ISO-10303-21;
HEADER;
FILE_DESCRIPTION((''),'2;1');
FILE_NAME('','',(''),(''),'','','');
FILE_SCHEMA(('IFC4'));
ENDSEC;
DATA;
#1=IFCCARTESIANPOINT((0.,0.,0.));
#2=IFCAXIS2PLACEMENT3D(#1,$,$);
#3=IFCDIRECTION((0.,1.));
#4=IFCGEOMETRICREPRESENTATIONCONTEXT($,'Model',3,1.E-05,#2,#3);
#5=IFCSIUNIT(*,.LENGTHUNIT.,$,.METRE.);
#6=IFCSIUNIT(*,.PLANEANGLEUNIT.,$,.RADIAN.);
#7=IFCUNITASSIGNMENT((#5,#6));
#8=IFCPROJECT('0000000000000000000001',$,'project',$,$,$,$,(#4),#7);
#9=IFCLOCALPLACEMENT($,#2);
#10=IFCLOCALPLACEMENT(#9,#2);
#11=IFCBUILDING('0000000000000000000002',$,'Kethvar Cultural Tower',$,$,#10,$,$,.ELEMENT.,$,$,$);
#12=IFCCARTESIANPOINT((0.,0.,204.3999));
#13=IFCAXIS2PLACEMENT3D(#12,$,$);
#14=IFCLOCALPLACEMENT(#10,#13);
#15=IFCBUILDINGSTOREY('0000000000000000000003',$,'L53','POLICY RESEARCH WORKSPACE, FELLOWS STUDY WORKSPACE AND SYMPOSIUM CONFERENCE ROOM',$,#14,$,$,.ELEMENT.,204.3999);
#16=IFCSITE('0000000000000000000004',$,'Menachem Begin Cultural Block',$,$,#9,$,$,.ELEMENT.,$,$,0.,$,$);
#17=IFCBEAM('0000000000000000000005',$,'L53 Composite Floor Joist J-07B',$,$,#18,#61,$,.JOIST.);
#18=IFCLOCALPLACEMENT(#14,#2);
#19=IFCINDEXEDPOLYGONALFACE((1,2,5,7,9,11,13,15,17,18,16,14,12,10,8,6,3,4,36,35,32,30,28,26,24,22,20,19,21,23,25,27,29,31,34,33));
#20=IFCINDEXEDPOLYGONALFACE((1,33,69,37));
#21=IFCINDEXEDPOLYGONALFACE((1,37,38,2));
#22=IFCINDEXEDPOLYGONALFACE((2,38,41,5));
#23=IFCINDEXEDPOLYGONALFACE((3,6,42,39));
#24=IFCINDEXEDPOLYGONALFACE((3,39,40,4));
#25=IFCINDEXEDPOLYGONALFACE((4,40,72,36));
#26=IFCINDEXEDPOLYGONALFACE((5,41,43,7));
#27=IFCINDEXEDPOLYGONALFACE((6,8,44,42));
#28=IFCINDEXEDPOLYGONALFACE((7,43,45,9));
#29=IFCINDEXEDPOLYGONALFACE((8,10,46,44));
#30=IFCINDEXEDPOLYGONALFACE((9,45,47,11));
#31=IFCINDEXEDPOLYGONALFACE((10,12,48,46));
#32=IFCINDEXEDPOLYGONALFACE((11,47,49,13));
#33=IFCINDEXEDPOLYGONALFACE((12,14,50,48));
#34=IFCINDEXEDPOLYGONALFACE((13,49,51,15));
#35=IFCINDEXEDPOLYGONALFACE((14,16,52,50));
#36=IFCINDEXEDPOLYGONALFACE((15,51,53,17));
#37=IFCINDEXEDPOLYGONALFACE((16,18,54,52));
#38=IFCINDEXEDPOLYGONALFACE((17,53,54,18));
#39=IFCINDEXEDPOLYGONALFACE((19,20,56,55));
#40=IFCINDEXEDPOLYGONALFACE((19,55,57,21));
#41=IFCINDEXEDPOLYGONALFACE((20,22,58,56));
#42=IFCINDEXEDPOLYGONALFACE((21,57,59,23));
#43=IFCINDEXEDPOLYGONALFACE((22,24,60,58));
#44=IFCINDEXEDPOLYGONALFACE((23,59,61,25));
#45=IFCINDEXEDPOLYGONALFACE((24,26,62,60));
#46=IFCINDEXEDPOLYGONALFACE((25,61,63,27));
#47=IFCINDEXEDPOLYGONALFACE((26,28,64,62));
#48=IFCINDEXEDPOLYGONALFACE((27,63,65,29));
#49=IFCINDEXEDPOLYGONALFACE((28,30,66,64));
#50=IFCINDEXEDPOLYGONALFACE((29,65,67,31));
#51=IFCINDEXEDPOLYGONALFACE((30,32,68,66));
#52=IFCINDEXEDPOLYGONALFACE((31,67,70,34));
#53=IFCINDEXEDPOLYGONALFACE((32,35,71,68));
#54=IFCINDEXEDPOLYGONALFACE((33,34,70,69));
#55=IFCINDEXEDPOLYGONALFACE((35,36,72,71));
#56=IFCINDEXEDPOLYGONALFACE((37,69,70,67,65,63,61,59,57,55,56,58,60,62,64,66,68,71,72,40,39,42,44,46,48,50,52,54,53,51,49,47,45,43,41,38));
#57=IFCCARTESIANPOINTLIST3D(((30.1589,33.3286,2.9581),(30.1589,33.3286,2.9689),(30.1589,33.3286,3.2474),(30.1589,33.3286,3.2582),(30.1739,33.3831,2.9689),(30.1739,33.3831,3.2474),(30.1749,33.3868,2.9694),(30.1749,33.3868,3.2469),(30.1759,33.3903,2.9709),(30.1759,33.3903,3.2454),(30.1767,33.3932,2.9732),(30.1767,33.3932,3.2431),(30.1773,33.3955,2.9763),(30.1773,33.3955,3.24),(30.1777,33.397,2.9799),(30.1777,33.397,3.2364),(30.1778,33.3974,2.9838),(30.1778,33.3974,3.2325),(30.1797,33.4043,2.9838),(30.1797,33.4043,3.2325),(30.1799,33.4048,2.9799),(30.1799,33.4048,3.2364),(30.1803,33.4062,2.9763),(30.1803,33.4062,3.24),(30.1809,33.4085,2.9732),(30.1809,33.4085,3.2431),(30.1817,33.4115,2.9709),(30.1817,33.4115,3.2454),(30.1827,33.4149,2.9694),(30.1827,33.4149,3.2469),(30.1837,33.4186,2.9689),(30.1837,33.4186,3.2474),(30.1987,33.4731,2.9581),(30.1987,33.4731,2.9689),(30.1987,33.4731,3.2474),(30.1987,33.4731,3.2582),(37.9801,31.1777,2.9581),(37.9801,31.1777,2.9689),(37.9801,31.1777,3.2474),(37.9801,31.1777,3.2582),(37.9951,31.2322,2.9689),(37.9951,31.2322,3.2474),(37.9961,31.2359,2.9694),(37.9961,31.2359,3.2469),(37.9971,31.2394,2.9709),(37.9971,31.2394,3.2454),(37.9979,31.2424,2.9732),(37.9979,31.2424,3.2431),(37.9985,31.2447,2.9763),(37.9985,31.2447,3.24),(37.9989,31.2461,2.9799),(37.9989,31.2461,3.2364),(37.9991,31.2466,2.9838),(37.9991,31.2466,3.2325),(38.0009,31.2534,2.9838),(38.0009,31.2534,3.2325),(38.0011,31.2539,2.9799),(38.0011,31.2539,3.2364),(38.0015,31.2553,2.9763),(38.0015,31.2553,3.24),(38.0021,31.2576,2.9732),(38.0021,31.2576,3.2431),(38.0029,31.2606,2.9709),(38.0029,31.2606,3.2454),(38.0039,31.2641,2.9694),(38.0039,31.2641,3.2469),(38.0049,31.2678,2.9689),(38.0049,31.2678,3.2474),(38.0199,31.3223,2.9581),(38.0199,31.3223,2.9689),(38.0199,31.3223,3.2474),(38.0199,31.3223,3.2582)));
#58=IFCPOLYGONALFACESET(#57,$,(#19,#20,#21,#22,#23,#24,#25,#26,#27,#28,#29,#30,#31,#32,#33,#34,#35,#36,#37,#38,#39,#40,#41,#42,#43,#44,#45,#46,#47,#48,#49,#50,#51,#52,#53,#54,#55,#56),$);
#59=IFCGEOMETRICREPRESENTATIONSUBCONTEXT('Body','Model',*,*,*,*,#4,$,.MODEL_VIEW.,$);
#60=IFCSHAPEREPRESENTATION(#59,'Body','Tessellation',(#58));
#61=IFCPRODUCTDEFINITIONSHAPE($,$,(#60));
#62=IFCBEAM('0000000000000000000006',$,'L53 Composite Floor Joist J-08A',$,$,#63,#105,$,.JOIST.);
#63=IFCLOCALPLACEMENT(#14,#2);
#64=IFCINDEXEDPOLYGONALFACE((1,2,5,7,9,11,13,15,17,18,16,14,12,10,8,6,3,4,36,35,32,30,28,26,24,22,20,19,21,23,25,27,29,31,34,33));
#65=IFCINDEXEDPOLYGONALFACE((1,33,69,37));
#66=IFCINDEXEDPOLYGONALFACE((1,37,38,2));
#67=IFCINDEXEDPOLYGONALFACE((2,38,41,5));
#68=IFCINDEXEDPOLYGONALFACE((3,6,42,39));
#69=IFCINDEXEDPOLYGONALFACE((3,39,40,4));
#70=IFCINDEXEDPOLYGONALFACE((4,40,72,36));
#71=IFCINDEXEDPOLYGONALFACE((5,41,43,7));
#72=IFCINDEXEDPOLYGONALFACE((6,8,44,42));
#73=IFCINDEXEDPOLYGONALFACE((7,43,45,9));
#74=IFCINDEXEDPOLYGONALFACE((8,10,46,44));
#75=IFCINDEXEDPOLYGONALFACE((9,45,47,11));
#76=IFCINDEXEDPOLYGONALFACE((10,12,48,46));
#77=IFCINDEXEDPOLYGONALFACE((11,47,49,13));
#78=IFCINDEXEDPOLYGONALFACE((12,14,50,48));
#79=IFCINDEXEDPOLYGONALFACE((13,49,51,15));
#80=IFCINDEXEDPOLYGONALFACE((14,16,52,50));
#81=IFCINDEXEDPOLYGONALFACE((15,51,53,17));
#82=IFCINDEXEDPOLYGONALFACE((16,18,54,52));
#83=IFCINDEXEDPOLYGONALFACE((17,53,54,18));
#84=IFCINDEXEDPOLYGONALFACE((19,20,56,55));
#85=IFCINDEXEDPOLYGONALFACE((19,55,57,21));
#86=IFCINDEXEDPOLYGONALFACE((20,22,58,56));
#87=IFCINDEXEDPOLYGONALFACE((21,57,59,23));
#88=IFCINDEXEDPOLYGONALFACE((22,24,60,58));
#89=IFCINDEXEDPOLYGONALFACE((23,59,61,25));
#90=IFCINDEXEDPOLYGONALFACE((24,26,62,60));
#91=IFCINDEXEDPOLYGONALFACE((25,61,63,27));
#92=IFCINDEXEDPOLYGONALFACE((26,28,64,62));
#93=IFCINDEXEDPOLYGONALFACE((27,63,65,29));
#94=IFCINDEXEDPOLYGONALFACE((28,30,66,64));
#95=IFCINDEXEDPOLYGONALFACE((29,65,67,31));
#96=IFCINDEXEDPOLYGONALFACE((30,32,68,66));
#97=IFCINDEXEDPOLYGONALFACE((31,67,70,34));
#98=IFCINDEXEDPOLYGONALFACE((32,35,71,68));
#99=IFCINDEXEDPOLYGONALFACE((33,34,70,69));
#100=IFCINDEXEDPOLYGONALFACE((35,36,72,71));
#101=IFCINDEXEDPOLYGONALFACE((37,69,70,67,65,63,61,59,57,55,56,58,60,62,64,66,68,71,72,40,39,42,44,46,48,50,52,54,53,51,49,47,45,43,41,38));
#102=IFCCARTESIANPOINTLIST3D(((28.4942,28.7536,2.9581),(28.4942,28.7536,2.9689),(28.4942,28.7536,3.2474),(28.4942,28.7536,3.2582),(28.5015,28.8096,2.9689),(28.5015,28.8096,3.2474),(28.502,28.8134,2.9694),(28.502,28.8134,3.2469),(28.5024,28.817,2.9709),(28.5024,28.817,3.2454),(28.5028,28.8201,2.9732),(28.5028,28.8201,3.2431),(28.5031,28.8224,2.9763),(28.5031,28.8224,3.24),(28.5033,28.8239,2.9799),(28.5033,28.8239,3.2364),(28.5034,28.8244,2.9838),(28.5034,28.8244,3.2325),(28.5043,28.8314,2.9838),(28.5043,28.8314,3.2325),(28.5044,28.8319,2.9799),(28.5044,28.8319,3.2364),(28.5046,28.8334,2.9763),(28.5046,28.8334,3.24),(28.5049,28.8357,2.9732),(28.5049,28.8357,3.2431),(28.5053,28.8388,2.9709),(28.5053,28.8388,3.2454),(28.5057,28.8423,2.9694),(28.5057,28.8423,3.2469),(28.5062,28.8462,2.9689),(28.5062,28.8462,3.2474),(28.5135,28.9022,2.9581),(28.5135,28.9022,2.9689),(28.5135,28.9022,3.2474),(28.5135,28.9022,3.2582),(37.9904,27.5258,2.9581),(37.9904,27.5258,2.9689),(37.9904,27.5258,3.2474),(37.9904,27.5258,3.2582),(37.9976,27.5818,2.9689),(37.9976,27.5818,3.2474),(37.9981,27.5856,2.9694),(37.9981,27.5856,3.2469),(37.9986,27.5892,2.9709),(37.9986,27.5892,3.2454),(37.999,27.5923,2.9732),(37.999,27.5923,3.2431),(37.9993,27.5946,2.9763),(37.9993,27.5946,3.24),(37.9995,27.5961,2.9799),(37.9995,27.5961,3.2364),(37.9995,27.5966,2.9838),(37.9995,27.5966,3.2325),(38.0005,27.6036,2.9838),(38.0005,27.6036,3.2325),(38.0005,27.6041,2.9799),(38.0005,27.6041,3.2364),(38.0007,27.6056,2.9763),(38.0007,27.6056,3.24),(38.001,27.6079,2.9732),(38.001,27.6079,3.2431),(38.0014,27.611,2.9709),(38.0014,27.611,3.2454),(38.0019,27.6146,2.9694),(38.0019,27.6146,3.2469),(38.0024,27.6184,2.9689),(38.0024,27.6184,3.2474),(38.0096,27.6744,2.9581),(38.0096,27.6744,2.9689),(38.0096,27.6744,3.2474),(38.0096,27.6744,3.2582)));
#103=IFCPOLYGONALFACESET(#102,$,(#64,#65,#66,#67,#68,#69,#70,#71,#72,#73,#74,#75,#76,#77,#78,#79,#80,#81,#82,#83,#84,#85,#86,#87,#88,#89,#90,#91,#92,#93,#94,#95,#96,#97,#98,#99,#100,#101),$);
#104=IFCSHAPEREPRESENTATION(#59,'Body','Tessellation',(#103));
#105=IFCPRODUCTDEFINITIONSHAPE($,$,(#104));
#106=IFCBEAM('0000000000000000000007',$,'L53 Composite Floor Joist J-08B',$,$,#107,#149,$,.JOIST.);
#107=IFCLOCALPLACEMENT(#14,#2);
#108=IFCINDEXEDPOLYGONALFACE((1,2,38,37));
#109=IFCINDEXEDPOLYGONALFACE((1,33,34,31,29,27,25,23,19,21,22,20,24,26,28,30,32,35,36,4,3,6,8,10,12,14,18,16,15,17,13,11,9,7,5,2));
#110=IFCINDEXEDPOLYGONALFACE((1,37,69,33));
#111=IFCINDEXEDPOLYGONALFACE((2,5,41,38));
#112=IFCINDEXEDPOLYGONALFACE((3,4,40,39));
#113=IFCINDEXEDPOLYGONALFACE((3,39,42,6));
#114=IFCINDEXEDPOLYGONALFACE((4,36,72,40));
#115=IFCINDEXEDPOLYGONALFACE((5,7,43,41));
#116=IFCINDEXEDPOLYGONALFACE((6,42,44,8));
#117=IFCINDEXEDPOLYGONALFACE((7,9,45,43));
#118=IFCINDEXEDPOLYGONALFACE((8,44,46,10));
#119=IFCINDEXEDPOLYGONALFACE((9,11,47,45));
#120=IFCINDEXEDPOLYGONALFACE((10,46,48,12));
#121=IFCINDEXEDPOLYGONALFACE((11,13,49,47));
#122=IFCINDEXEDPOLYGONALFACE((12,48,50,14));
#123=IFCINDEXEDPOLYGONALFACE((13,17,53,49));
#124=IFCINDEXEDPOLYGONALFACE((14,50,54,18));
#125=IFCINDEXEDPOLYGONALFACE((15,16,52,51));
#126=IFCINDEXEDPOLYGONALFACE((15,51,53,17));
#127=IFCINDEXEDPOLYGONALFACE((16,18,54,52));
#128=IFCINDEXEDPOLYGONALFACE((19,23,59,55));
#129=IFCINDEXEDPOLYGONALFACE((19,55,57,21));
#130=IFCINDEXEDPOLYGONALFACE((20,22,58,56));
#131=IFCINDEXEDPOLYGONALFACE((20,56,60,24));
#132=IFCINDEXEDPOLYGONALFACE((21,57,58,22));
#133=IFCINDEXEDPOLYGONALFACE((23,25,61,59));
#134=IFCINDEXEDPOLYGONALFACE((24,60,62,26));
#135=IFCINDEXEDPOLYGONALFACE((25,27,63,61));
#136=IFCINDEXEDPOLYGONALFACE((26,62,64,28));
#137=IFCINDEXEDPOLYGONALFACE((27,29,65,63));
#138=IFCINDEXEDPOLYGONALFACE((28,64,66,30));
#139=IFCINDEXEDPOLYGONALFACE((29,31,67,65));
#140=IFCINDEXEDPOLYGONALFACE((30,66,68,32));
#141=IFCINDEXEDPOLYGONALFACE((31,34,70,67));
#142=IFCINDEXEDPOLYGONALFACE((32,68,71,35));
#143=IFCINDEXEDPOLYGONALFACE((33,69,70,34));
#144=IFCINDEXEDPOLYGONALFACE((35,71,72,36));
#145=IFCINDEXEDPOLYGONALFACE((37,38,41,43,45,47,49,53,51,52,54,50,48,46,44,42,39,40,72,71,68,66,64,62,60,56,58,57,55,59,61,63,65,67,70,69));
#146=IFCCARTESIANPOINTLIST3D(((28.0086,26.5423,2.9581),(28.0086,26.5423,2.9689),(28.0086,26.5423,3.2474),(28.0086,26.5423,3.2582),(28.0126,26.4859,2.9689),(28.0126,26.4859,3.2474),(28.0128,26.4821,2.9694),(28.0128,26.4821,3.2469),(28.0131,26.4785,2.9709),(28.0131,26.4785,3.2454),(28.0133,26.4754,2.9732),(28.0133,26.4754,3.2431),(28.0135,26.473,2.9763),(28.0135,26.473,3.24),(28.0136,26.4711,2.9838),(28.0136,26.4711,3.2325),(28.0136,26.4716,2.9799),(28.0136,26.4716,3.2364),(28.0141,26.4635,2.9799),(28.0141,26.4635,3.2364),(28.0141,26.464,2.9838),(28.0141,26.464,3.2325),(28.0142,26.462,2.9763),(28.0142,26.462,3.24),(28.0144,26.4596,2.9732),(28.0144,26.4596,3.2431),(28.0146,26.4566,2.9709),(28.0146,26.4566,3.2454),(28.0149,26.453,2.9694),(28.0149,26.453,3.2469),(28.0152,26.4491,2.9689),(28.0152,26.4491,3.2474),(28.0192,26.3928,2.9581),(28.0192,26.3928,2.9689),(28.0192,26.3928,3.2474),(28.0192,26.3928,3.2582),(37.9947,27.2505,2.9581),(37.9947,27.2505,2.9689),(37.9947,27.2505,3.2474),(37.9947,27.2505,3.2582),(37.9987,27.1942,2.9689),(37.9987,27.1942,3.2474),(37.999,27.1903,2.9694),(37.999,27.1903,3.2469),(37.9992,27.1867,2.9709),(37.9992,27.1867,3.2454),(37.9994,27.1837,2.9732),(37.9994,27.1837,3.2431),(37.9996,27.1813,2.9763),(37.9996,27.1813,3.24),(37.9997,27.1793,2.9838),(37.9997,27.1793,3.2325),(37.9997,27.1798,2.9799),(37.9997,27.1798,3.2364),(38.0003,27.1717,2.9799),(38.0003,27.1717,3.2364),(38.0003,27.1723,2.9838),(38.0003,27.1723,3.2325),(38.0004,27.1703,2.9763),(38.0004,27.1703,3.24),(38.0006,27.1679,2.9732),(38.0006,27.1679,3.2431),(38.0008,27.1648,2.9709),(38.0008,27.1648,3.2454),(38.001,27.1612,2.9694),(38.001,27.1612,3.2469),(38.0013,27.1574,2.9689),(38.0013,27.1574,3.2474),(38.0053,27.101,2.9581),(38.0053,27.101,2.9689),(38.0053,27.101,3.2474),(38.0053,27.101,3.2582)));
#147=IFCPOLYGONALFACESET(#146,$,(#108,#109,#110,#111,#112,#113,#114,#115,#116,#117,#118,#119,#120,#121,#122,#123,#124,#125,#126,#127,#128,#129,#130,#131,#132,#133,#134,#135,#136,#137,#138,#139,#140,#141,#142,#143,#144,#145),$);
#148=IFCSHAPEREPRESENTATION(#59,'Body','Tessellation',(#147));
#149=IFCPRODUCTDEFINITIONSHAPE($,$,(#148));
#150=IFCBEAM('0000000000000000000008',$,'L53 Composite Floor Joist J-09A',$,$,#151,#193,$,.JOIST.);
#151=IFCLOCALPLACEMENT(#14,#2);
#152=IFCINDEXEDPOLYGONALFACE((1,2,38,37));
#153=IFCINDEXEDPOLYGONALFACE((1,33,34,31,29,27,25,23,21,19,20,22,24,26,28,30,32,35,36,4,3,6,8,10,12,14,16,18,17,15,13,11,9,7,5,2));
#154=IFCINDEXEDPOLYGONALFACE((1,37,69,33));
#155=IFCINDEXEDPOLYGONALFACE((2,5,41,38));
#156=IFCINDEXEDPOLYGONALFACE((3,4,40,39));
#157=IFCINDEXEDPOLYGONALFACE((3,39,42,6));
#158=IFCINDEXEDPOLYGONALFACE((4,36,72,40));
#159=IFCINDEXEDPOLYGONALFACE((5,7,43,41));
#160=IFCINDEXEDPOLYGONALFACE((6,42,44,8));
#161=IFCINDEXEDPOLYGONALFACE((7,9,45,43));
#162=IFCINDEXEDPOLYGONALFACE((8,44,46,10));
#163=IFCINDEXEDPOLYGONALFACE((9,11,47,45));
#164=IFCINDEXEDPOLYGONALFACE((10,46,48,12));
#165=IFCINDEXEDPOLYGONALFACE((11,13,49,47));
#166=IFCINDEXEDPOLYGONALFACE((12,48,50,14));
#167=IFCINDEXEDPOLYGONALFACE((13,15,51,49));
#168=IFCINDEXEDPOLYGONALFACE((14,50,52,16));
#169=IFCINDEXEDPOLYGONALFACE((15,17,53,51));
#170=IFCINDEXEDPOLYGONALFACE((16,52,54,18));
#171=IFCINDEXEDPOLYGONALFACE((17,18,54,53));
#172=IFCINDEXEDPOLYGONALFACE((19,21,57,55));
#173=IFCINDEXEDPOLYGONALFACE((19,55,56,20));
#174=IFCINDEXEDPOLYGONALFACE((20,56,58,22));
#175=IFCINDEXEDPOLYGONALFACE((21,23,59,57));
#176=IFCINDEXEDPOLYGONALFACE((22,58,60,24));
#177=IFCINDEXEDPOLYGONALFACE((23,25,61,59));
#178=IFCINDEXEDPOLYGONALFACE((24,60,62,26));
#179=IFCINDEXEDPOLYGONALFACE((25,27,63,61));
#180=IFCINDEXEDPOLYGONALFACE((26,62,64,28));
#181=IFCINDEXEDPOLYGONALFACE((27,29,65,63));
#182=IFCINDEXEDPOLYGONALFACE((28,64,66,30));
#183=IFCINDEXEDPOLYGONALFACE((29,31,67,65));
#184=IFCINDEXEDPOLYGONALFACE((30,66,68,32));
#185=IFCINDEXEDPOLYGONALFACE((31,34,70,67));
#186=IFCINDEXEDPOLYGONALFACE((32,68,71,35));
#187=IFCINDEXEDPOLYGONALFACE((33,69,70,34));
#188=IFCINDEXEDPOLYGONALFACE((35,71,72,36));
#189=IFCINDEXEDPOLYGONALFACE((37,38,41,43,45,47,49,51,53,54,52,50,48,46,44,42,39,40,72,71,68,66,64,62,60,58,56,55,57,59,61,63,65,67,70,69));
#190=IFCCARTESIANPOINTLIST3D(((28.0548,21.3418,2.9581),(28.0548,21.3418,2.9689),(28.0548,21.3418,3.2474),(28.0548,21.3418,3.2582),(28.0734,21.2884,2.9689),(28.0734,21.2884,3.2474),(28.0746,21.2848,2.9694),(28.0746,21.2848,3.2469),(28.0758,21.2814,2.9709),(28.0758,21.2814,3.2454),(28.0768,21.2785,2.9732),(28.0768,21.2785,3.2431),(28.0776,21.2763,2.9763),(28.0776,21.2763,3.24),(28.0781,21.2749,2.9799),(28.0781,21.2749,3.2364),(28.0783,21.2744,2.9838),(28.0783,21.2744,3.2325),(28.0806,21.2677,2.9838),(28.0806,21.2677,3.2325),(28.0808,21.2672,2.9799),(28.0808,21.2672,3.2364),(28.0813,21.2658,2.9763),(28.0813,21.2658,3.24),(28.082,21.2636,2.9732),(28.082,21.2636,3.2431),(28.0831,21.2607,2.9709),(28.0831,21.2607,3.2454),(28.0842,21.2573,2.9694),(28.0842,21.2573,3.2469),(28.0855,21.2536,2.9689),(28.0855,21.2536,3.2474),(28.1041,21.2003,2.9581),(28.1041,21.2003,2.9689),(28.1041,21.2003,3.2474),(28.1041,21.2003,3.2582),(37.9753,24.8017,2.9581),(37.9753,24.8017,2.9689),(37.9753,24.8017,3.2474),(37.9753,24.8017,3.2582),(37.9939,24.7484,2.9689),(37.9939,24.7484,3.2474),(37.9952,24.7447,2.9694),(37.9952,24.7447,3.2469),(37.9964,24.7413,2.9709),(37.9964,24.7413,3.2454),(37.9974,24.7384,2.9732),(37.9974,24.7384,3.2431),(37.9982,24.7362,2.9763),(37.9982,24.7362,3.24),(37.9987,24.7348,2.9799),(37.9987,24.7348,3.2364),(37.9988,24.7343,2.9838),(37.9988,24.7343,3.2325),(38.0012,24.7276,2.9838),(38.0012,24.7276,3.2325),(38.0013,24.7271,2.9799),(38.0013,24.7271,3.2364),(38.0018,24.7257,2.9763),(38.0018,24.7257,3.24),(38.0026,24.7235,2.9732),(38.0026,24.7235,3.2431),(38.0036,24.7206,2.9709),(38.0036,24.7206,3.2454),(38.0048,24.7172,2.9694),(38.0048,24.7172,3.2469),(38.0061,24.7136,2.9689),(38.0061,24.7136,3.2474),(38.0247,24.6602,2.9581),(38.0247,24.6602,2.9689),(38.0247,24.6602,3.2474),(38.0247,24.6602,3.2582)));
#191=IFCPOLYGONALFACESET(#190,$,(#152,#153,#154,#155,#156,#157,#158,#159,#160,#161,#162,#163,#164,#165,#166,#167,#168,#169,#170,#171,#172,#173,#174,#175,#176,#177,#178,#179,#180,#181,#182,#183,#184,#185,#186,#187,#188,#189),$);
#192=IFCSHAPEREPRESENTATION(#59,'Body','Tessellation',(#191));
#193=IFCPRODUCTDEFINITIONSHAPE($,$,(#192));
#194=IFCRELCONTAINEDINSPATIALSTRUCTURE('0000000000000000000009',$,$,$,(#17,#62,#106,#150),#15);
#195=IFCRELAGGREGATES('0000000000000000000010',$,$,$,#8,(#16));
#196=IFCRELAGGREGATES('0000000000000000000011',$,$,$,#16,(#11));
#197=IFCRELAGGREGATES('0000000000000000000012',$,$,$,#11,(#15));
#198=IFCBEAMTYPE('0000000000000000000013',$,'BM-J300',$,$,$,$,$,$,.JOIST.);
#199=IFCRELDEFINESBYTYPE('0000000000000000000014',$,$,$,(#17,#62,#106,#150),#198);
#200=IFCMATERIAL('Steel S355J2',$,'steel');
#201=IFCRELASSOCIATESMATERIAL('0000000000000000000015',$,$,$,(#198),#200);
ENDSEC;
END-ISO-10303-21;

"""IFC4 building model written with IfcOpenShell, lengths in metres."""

from ifc_helpers import new_model, si_unit, direction, frame, origin, origin_2d, place, context, subcontext, project, spatial, i_section, extrude, source, transform, mapped, material, material_profile, profile_set, type_object, element, save


model = new_model("IFC4")

# Units and contexts
model_context = context("Model", 3, precision=1e-05, world=origin(), true_north=direction((0.0, 1.0)))
body_context = subcontext(model_context, "Body", "Model", "MODEL_VIEW")
ifc_project = project(units=[si_unit("LENGTHUNIT", "METRE"), si_unit("PLANEANGLEUNIT", "RADIAN")], contexts=[model_context])

# Site, building, storey
site_placement = place(None, origin())
site = spatial("IfcSite", under=ifc_project, at=site_placement, Name="Menachem Begin Cultural Block", CompositionType="ELEMENT", RefElevation=0.0)
building_placement = place(site_placement, origin())
building = spatial("IfcBuilding", under=site, at=building_placement, Name="Kethvar Cultural Tower", CompositionType="ELEMENT")
storey_placement = place(building_placement, frame((0.0, 0.0, 204.3999)))
storey = spatial("IfcBuildingStorey", under=building, at=storey_placement, Name="L53", Description="POLICY RESEARCH WORKSPACE, FELLOWS STUDY WORKSPACE AND SYMPOSIUM CONFERENCE ROOM", CompositionType="ELEMENT", Elevation=204.3999)

# Beams
ifc_material_1 = material(Name="Steel S355J2", Category="steel")
ifc_material_profile_1 = material_profile(ifc_material_1, i_section(OverallWidth=0.1499, OverallDepth=0.3, WebThickness=0.0071, FlangeThickness=0.0107, FilletRadius=0.0149, at=origin_2d()), Name="Steel S355J2 — IPE300")
ifc_profile_set_1 = profile_set([ifc_material_profile_1], Name="Steel S355J2 — IPE300")
beam_type_1 = type_object("IfcBeamType", Name="BM-J300", PredefinedType="JOIST", material=ifc_profile_set_1)
shared_shape_1 = source(origin(), body_context, "Body", "SweptSolid", [
    extrude(i_section(OverallWidth=0.1499, OverallDepth=0.3, WebThickness=0.0071, FlangeThickness=0.0107, FilletRadius=0.0149, at=origin_2d()), origin(), (0.0, 0.0, 1.0), 8.1116),
])
beam_1_placement = place(storey_placement, frame((38.0, 31.25, 3.1082), z_axis=(-0.964205, 0.265159, 0.0), x_axis=(-0.265159, -0.964205, 0.0)))
element("IfcBeam", 1, at=beam_1_placement, inside=storey, type_object=beam_type_1, Name="L53 Composite Floor Joist J-07B", PredefinedType="JOIST", context=body_context, shape_type="MappedRepresentation", body=[
    mapped(shared_shape_1, transform((0.0, 0.0, 0.0), scale=1.0)),
])
shared_shape_2 = source(origin(), body_context, "Body", "SweptSolid", [
    extrude(i_section(OverallWidth=0.1499, OverallDepth=0.3, WebThickness=0.0071, FlangeThickness=0.0107, FilletRadius=0.0149, at=origin_2d()), origin(), (0.0, 0.0, 1.0), 9.5752),
])
beam_2_placement = place(storey_placement, frame((38.0, 27.6001, 3.1082), z_axis=(-0.991745, 0.128226, 0.0), x_axis=(-0.128226, -0.991745, 0.0)))
element("IfcBeam", 2, at=beam_2_placement, inside=storey, type_object=beam_type_1, Name="L53 Composite Floor Joist J-08A", PredefinedType="JOIST", context=body_context, shape_type="MappedRepresentation", body=[
    mapped(shared_shape_2, transform((0.0, 0.0, 0.0), scale=1.0)),
])
shared_shape_3 = source(origin(), body_context, "Body", "SweptSolid", [
    extrude(i_section(OverallWidth=0.1499, OverallDepth=0.3, WebThickness=0.0071, FlangeThickness=0.0107, FilletRadius=0.0149, at=origin_2d()), origin(), (0.0, 0.0, 1.0), 10.0112),
])
beam_3_placement = place(storey_placement, frame((38.0, 27.1758, 3.1082), z_axis=(-0.997494, -0.070746, 0.0), x_axis=(0.070746, -0.997494, 0.0)))
element("IfcBeam", 3, at=beam_3_placement, inside=storey, type_object=beam_type_1, Name="L53 Composite Floor Joist J-08B", PredefinedType="JOIST", context=body_context, shape_type="MappedRepresentation", body=[
    mapped(shared_shape_3, transform((0.0, 0.0, 0.0), scale=1.0)),
])
shared_shape_4 = source(origin(), body_context, "Body", "SweptSolid", [
    extrude(i_section(OverallWidth=0.1499, OverallDepth=0.3, WebThickness=0.0071, FlangeThickness=0.0107, FilletRadius=0.0149, at=origin_2d()), origin(), (0.0, 0.0, 1.0), 10.5066),
])
beam_4_placement = place(storey_placement, frame((38.0, 24.731, 3.1082), z_axis=(-0.944222, -0.32931, 0.0), x_axis=(0.32931, -0.944222, 0.0)))
element("IfcBeam", 4, at=beam_4_placement, inside=storey, type_object=beam_type_1, Name="L53 Composite Floor Joist J-09A", PredefinedType="JOIST", context=body_context, shape_type="MappedRepresentation", body=[
    mapped(shared_shape_4, transform((0.0, 0.0, 0.0), scale=1.0)),
])

save(model, "model.ifc")
